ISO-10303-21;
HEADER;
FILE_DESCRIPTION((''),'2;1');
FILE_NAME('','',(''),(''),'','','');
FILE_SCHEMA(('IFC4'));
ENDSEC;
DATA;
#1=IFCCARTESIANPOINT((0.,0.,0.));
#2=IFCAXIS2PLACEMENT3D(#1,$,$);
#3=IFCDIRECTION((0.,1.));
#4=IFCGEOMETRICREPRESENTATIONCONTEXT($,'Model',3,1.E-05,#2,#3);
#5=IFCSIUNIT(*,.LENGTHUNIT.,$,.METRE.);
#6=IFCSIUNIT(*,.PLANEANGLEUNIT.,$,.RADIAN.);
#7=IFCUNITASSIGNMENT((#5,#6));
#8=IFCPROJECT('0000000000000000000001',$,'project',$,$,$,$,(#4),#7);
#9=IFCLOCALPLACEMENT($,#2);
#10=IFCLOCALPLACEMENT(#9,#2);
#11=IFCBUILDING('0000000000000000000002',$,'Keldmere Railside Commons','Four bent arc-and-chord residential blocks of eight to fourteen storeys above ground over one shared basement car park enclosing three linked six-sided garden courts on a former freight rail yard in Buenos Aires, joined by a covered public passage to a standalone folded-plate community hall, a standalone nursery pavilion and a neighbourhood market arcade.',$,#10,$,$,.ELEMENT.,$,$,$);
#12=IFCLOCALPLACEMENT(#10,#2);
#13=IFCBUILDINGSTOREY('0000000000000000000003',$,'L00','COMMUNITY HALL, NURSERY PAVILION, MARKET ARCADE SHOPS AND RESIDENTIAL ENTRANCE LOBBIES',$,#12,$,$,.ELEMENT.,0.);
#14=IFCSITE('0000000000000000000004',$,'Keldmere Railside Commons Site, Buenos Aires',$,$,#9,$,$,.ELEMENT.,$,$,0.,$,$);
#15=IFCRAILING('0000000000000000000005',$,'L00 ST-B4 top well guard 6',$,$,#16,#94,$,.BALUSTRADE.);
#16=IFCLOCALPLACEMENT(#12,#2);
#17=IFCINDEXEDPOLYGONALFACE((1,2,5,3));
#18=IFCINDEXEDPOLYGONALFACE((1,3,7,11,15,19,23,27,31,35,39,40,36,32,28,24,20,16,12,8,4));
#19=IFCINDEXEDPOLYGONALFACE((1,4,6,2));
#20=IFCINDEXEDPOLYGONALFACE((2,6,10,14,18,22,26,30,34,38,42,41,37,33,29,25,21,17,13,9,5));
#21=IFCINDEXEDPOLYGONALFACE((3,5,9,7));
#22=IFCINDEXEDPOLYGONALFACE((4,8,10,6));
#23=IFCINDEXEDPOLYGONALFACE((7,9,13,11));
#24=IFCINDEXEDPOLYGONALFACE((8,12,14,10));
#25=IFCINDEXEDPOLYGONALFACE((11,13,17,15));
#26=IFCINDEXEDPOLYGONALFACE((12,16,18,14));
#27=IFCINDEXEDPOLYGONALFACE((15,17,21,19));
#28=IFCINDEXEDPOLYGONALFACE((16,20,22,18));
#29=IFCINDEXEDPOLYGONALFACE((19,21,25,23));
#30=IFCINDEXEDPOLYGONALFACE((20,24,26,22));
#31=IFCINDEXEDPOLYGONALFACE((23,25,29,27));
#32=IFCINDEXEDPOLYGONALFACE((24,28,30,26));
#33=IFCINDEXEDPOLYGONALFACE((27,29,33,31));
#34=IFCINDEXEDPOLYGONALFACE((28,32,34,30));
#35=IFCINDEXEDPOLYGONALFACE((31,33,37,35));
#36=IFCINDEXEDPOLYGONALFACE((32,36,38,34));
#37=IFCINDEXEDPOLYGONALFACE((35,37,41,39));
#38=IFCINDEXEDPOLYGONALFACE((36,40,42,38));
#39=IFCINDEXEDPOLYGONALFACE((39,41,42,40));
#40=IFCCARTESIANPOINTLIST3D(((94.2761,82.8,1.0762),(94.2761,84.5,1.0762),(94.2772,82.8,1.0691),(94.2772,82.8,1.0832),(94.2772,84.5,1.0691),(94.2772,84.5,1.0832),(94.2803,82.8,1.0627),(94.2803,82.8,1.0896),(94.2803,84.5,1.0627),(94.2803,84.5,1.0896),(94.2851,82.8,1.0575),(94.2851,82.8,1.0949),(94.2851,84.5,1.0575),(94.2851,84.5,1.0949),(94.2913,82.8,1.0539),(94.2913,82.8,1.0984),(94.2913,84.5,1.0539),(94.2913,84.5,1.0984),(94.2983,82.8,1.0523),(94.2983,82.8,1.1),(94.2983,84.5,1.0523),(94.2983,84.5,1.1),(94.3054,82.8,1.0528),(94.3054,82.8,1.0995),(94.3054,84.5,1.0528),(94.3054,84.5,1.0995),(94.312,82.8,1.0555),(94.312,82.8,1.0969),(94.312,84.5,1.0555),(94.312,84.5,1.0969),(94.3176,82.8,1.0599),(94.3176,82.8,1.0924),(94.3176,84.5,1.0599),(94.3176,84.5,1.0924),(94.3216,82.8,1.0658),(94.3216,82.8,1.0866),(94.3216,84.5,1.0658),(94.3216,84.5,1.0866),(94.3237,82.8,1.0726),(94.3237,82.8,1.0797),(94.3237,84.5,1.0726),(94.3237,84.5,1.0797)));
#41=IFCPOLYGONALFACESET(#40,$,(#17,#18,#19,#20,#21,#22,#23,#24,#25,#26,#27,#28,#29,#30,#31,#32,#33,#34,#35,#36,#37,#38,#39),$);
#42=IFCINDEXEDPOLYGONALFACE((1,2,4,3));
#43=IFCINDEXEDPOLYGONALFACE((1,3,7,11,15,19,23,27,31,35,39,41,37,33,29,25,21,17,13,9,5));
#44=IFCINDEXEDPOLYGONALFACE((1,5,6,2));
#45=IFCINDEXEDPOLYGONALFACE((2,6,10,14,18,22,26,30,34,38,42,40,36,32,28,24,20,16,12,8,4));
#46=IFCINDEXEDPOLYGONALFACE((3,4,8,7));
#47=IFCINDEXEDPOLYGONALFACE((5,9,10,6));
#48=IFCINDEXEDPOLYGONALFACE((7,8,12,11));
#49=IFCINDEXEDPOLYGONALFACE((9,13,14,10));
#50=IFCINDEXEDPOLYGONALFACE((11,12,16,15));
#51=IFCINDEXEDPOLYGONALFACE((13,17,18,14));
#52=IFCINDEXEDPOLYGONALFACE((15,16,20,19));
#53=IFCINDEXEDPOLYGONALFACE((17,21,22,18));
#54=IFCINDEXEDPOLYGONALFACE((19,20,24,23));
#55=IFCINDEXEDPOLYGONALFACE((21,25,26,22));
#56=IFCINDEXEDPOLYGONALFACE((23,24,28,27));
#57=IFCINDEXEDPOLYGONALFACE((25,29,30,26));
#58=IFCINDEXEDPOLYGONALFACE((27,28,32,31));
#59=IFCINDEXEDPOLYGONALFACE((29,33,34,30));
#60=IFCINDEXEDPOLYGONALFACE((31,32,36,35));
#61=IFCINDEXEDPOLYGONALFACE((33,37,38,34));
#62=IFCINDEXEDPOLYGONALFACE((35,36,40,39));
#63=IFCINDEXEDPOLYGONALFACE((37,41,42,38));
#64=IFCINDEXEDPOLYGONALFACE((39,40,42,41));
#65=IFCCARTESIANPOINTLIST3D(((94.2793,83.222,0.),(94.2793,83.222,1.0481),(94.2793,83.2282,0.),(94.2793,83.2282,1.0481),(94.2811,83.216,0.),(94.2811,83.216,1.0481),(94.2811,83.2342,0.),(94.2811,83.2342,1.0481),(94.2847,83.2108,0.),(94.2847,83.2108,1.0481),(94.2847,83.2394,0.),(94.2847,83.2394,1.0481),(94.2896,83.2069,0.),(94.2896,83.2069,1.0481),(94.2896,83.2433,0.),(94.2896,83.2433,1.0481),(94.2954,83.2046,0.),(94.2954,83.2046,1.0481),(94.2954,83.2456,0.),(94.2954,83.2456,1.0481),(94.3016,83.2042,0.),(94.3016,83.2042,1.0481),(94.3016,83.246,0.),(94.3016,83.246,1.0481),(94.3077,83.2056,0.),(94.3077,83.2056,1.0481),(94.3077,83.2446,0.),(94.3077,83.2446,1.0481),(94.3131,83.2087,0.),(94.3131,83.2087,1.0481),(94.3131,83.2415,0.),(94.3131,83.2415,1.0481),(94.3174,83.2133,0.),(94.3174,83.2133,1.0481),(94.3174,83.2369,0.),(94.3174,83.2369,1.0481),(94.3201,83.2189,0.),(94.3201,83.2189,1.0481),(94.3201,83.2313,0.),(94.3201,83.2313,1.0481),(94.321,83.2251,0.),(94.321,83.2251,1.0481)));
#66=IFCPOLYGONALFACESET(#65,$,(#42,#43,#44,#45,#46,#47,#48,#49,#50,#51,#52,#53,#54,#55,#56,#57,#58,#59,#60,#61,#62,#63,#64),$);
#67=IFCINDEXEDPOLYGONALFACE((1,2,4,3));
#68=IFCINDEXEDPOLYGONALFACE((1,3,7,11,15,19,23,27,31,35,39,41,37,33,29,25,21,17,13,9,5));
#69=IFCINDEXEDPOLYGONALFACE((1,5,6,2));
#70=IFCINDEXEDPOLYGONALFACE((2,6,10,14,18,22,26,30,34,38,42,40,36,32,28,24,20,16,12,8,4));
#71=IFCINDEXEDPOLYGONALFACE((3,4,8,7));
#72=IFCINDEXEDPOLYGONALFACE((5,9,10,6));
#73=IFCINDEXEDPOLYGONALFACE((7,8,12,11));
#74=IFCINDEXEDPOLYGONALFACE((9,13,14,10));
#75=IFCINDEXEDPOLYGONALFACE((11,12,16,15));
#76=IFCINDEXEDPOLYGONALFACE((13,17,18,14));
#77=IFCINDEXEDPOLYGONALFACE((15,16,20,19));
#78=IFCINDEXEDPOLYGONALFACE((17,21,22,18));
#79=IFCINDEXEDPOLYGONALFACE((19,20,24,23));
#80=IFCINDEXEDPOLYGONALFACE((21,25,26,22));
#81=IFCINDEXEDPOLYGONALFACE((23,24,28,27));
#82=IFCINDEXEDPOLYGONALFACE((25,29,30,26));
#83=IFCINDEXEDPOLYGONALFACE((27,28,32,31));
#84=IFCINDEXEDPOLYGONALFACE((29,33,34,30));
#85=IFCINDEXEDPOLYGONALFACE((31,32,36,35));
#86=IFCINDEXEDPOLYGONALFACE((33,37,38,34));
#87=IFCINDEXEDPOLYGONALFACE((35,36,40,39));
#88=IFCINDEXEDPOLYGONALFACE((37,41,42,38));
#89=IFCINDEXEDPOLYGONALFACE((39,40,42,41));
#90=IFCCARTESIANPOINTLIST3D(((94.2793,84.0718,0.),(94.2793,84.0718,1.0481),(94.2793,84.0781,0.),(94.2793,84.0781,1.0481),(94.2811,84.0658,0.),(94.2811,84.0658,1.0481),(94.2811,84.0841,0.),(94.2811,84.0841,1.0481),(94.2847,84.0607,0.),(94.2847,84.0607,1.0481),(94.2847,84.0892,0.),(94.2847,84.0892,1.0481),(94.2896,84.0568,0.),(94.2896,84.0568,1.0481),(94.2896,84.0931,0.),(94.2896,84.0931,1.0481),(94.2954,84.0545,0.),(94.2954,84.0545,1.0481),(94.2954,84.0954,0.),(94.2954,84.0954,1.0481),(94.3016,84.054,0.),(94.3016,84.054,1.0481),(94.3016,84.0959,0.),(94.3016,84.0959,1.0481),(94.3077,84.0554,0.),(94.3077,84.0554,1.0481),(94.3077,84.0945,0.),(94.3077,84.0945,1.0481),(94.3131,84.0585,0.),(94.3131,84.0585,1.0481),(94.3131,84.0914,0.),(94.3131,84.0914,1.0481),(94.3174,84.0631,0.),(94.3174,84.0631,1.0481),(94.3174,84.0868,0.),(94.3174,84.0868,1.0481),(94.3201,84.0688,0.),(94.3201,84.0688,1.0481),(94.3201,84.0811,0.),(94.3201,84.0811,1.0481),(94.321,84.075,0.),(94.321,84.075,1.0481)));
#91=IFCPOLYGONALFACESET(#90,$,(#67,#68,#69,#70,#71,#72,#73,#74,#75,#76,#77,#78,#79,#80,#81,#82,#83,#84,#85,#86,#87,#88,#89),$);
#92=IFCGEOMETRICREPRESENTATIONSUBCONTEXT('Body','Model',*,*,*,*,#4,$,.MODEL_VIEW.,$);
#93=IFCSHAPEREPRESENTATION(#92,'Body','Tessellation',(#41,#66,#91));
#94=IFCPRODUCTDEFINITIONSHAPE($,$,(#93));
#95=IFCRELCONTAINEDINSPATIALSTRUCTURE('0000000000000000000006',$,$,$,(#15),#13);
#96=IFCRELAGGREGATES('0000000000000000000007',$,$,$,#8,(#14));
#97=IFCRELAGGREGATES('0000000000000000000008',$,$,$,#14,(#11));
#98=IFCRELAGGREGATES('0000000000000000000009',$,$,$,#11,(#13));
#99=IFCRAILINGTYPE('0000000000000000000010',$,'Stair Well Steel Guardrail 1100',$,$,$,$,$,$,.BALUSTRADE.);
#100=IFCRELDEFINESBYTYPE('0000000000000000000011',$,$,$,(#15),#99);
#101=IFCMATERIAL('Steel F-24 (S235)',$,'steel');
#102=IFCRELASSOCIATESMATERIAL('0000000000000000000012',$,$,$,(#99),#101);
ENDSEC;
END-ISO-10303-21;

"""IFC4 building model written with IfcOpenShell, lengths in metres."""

from ifc_helpers import new_model, si_unit, direction, frame, origin, origin_2d, place, context, subcontext, project, spatial, circle, extrude, material, type_object, element, save


model = new_model("IFC4")

# Units and contexts
model_context = context("Model", 3, precision=1e-05, world=origin(), true_north=direction((0.0, 1.0)))
body_context = subcontext(model_context, "Body", "Model", "MODEL_VIEW")
ifc_project = project(units=[si_unit("LENGTHUNIT", "METRE"), si_unit("PLANEANGLEUNIT", "RADIAN")], contexts=[model_context])

# Site, building, storey
site_placement = place(None, origin())
site = spatial("IfcSite", under=ifc_project, at=site_placement, Name="Keldmere Railside Commons Site, Buenos Aires", CompositionType="ELEMENT", RefElevation=0.0)
building_placement = place(site_placement, origin())
building = spatial("IfcBuilding", under=site, at=building_placement, Name="Keldmere Railside Commons", Description="Four bent arc-and-chord residential blocks of eight to fourteen storeys above ground over one shared basement car park enclosing three linked six-sided garden courts on a former freight rail yard in Buenos Aires, joined by a covered public passage to a standalone folded-plate community hall, a standalone nursery pavilion and a neighbourhood market arcade.", CompositionType="ELEMENT")
storey_placement = place(building_placement, origin())
storey = spatial("IfcBuildingStorey", under=building, at=storey_placement, Name="L00", Description="COMMUNITY HALL, NURSERY PAVILION, MARKET ARCADE SHOPS AND RESIDENTIAL ENTRANCE LOBBIES", CompositionType="ELEMENT", Elevation=0.0)

# Shared definitions
ifc_material_1 = material(Name="Steel F-24 (S235)", Category="steel")

# Railing
railing_type = type_object("IfcRailingType", Name="Stair Well Steel Guardrail 1100", PredefinedType="BALUSTRADE", material=ifc_material_1)
for number, where, name in (
    (1, (94.3, 82.8, 0.0), "L00 ST-B4 top well guard 6"),
):
    element("IfcRailing", number, at=place(storey_placement, frame(where)), inside=storey, type_object=railing_type, Name=name, PredefinedType="BALUSTRADE", context=body_context, shape_type="SweptSolid", body=[
        extrude(circle(Radius=0.0239, at=origin_2d()), frame((0.0, 0.0, 1.0762), z_axis=(0.0, 1.0, 0.0), x_axis=(-1.0, 0.0, 0.0)), (0.0, 0.0, 1.0), 1.7),
        extrude(circle(Radius=0.021, at=origin_2d()), frame((0.0, 0.425, 0.0)), (0.0, 0.0, 1.0), 1.0481),
        extrude(circle(Radius=0.021, at=origin_2d()), frame((0.0, 1.2749, 0.0)), (0.0, 0.0, 1.0), 1.0481),
    ])

save(model, "model.ifc")
